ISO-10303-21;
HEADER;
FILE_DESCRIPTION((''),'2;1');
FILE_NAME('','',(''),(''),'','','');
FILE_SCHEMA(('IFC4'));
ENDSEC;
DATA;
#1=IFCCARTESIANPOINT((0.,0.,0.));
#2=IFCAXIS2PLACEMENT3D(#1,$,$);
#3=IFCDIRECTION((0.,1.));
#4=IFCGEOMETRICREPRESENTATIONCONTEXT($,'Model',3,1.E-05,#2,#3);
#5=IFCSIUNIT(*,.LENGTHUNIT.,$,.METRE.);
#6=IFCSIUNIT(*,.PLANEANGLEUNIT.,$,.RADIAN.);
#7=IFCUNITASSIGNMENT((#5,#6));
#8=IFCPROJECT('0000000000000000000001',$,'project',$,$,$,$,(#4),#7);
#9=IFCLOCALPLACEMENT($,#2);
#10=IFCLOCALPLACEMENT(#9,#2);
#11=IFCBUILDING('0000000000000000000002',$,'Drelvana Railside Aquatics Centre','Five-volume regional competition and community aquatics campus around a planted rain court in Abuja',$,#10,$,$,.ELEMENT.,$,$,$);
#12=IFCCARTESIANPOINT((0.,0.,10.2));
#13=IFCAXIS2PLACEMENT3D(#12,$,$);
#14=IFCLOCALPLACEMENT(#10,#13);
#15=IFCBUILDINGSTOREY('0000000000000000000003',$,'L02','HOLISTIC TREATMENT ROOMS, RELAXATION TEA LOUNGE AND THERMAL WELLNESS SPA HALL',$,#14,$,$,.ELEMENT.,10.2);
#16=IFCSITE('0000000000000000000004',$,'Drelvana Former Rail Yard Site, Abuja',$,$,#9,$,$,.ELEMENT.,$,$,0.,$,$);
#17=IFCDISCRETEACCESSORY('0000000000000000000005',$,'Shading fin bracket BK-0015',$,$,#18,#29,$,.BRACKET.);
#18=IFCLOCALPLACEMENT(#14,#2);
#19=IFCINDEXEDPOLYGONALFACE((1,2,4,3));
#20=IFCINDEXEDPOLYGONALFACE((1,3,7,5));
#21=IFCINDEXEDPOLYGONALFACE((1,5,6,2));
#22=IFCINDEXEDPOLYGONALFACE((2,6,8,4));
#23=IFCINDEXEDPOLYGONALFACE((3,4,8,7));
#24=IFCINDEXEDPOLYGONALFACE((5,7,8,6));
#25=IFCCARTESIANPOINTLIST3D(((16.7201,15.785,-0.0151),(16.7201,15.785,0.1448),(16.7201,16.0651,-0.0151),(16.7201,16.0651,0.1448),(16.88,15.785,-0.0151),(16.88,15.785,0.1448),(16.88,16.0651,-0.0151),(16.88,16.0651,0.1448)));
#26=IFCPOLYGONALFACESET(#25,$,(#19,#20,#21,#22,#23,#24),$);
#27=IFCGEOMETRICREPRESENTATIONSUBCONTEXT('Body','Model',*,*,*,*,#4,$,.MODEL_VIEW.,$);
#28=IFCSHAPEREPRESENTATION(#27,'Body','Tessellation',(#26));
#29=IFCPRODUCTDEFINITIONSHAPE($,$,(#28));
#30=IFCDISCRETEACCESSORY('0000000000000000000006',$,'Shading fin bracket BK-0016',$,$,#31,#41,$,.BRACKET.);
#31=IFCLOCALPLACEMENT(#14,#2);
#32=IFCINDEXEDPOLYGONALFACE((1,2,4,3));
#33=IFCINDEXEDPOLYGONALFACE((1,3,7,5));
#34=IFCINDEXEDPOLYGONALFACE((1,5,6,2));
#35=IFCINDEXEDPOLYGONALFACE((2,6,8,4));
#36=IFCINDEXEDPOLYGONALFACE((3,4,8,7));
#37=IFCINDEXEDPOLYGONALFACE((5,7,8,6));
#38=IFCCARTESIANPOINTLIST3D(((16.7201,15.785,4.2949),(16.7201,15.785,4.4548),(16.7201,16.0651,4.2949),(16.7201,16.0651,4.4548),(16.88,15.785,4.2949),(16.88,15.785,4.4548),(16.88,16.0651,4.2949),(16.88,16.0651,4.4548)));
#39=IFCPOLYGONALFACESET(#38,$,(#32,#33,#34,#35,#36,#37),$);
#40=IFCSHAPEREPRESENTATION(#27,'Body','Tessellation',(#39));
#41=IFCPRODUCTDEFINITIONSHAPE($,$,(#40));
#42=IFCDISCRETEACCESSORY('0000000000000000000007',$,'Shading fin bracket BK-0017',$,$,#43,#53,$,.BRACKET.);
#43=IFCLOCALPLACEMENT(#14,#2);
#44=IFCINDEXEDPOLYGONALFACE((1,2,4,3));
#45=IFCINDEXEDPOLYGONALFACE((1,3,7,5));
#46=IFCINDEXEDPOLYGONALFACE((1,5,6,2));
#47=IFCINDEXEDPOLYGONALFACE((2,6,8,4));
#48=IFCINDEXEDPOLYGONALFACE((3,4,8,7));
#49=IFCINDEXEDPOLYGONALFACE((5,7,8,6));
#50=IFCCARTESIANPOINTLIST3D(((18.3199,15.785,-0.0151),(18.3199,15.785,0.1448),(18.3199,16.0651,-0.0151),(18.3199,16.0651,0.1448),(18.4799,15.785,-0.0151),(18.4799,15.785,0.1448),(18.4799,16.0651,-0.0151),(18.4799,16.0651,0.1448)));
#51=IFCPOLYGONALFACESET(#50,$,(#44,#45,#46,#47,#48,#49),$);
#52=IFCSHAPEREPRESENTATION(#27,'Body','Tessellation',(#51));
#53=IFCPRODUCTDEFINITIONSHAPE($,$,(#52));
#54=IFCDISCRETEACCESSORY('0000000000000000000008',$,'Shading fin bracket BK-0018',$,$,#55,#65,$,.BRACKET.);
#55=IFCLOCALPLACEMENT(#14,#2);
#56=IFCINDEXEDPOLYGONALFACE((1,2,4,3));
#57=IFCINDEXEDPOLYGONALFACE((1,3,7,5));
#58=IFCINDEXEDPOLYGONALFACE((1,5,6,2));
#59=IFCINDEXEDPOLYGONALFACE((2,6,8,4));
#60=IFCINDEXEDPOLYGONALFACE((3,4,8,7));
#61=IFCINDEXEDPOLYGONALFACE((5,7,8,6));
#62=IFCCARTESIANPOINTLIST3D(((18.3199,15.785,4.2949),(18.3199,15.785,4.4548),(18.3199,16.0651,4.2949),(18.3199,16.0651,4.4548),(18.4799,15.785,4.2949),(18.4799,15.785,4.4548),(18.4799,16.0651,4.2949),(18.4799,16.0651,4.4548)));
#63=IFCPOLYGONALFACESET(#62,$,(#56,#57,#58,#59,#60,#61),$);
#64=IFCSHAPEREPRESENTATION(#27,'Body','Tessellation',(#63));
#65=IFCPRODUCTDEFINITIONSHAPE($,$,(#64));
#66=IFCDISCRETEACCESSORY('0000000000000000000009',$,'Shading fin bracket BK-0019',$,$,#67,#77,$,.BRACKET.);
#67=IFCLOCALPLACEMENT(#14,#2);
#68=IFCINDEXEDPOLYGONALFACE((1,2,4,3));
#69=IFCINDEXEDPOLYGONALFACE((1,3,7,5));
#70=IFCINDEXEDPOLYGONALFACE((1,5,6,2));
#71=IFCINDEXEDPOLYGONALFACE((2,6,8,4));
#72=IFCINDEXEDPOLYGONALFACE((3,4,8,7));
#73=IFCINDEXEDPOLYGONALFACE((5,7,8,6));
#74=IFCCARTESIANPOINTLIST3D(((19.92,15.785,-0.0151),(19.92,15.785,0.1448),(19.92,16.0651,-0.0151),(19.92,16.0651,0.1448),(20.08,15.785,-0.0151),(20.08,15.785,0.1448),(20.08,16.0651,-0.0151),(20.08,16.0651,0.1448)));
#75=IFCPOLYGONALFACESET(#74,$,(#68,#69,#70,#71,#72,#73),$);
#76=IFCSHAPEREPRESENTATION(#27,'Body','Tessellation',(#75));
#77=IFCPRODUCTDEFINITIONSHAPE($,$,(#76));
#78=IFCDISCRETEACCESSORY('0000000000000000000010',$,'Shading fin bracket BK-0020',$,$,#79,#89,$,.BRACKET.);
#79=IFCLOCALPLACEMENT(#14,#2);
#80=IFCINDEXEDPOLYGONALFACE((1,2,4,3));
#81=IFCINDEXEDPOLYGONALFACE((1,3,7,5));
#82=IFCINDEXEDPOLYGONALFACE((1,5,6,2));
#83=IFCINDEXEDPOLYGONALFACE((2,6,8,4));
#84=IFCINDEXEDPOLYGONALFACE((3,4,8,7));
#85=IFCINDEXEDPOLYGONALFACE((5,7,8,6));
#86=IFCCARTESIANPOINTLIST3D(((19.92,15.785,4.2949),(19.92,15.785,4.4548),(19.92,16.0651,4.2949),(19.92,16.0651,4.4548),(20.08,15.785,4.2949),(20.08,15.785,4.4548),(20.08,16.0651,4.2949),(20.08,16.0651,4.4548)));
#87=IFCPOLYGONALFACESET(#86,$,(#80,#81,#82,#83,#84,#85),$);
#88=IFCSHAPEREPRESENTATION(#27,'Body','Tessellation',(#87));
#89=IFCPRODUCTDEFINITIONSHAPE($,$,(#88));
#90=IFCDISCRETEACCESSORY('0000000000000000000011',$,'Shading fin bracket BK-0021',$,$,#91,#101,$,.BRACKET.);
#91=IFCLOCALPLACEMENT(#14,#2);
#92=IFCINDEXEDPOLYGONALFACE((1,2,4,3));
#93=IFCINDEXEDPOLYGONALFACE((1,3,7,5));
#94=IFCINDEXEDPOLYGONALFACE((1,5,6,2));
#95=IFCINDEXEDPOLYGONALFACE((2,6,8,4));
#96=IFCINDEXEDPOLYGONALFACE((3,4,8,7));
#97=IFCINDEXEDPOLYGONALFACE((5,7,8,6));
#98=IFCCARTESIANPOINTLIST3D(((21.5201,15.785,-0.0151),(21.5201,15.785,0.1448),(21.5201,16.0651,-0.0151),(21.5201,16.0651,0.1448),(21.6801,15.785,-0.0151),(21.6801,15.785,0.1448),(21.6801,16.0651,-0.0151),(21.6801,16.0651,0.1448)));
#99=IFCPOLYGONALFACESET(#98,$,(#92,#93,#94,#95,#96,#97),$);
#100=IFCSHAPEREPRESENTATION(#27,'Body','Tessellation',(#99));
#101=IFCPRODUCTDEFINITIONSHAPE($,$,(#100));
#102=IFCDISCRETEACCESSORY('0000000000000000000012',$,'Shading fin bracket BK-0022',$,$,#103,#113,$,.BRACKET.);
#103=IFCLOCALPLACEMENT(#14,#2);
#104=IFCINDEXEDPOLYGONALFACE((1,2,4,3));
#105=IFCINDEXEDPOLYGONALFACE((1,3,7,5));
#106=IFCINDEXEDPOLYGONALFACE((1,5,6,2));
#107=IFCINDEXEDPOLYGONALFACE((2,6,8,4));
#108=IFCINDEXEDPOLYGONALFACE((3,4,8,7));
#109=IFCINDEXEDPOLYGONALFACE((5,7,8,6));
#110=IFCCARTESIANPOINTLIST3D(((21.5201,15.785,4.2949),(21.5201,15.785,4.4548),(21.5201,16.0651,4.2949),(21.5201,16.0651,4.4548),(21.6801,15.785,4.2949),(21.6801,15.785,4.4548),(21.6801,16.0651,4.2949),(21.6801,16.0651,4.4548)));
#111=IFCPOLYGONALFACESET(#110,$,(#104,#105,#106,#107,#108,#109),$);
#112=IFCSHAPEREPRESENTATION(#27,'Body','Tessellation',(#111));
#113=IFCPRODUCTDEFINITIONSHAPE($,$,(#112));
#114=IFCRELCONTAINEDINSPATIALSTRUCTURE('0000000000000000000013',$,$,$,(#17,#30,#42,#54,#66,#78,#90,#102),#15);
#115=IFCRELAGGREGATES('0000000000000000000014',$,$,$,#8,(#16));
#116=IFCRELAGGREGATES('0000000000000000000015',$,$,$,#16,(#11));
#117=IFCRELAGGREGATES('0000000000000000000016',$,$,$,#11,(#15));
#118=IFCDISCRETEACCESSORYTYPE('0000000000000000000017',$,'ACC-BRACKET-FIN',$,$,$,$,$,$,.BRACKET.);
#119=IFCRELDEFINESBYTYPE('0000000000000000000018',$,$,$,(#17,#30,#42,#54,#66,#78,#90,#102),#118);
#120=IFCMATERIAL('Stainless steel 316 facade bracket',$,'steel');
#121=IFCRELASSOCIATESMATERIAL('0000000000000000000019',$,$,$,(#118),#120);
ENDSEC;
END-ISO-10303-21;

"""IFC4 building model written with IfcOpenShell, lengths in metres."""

from ifc_helpers import new_model, si_unit, direction, frame, origin, origin_2d, place, context, subcontext, project, spatial, rectangle, extrude, material, type_object, element, save


model = new_model("IFC4")

# Units and contexts
model_context = context("Model", 3, precision=1e-05, world=origin(), true_north=direction((0.0, 1.0)))
body_context = subcontext(model_context, "Body", "Model", "MODEL_VIEW")
ifc_project = project(units=[si_unit("LENGTHUNIT", "METRE"), si_unit("PLANEANGLEUNIT", "RADIAN")], contexts=[model_context])

# Site, building, storey
site_placement = place(None, origin())
site = spatial("IfcSite", under=ifc_project, at=site_placement, Name="Drelvana Former Rail Yard Site, Abuja", CompositionType="ELEMENT", RefElevation=0.0)
building_placement = place(site_placement, origin())
building = spatial("IfcBuilding", under=site, at=building_placement, Name="Drelvana Railside Aquatics Centre", Description="Five-volume regional competition and community aquatics campus around a planted rain court in Abuja", CompositionType="ELEMENT")
storey_placement = place(building_placement, frame((0.0, 0.0, 10.2)))
storey = spatial("IfcBuildingStorey", under=building, at=storey_placement, Name="L02", Description="HOLISTIC TREATMENT ROOMS, RELAXATION TEA LOUNGE AND THERMAL WELLNESS SPA HALL", CompositionType="ELEMENT", Elevation=10.2)

# Discrete accessories
ifc_material_1 = material(Name="Stainless steel 316 facade bracket", Category="steel")
discrete_accessory_type = type_object("IfcDiscreteAccessoryType", Name="ACC-BRACKET-FIN", PredefinedType="BRACKET", material=ifc_material_1)
for number, where, z_axis, x_axis, name in (
    (1, (16.8, 15.925, -0.0151), (0.0, 0.0, 1.0), (0.0, -1.0, 0.0), "Shading fin bracket BK-0015"),
    (2, (16.8, 15.925, 4.2949), (0.0, 0.0, 1.0), (0.0, -1.0, 0.0), "Shading fin bracket BK-0016"),
    (3, (18.3999, 15.925, -0.0151), (0.0, 0.0, 1.0), (0.0, -1.0, 0.0), "Shading fin bracket BK-0017"),
    (4, (18.3999, 15.925, 4.2949), (0.0, 0.0, 1.0), (0.0, -1.0, 0.0), "Shading fin bracket BK-0018"),
    (5, (20.0, 15.925, -0.0151), (0.0, 0.0, 1.0), (0.0, -1.0, 0.0), "Shading fin bracket BK-0019"),
    (6, (20.0, 15.925, 4.2949), (0.0, 0.0, 1.0), (0.0, -1.0, 0.0), "Shading fin bracket BK-0020"),
    (7, (21.6001, 15.925, -0.0151), (0.0, 0.0, 1.0), (0.0, -1.0, 0.0), "Shading fin bracket BK-0021"),
    (8, (21.6001, 15.925, 4.2949), (0.0, 0.0, 1.0), (0.0, -1.0, 0.0), "Shading fin bracket BK-0022"),
):
    element("IfcDiscreteAccessory", number, at=place(storey_placement, frame(where, z_axis=z_axis, x_axis=x_axis)), inside=storey, type_object=discrete_accessory_type, Name=name, PredefinedType="BRACKET", context=body_context, shape_type="SweptSolid", body=[
        extrude(rectangle(XDim=0.28, YDim=0.1599, at=origin_2d()), origin(), (0.0, 0.0, 1.0), 0.1599),
    ])

save(model, "model.ifc")
